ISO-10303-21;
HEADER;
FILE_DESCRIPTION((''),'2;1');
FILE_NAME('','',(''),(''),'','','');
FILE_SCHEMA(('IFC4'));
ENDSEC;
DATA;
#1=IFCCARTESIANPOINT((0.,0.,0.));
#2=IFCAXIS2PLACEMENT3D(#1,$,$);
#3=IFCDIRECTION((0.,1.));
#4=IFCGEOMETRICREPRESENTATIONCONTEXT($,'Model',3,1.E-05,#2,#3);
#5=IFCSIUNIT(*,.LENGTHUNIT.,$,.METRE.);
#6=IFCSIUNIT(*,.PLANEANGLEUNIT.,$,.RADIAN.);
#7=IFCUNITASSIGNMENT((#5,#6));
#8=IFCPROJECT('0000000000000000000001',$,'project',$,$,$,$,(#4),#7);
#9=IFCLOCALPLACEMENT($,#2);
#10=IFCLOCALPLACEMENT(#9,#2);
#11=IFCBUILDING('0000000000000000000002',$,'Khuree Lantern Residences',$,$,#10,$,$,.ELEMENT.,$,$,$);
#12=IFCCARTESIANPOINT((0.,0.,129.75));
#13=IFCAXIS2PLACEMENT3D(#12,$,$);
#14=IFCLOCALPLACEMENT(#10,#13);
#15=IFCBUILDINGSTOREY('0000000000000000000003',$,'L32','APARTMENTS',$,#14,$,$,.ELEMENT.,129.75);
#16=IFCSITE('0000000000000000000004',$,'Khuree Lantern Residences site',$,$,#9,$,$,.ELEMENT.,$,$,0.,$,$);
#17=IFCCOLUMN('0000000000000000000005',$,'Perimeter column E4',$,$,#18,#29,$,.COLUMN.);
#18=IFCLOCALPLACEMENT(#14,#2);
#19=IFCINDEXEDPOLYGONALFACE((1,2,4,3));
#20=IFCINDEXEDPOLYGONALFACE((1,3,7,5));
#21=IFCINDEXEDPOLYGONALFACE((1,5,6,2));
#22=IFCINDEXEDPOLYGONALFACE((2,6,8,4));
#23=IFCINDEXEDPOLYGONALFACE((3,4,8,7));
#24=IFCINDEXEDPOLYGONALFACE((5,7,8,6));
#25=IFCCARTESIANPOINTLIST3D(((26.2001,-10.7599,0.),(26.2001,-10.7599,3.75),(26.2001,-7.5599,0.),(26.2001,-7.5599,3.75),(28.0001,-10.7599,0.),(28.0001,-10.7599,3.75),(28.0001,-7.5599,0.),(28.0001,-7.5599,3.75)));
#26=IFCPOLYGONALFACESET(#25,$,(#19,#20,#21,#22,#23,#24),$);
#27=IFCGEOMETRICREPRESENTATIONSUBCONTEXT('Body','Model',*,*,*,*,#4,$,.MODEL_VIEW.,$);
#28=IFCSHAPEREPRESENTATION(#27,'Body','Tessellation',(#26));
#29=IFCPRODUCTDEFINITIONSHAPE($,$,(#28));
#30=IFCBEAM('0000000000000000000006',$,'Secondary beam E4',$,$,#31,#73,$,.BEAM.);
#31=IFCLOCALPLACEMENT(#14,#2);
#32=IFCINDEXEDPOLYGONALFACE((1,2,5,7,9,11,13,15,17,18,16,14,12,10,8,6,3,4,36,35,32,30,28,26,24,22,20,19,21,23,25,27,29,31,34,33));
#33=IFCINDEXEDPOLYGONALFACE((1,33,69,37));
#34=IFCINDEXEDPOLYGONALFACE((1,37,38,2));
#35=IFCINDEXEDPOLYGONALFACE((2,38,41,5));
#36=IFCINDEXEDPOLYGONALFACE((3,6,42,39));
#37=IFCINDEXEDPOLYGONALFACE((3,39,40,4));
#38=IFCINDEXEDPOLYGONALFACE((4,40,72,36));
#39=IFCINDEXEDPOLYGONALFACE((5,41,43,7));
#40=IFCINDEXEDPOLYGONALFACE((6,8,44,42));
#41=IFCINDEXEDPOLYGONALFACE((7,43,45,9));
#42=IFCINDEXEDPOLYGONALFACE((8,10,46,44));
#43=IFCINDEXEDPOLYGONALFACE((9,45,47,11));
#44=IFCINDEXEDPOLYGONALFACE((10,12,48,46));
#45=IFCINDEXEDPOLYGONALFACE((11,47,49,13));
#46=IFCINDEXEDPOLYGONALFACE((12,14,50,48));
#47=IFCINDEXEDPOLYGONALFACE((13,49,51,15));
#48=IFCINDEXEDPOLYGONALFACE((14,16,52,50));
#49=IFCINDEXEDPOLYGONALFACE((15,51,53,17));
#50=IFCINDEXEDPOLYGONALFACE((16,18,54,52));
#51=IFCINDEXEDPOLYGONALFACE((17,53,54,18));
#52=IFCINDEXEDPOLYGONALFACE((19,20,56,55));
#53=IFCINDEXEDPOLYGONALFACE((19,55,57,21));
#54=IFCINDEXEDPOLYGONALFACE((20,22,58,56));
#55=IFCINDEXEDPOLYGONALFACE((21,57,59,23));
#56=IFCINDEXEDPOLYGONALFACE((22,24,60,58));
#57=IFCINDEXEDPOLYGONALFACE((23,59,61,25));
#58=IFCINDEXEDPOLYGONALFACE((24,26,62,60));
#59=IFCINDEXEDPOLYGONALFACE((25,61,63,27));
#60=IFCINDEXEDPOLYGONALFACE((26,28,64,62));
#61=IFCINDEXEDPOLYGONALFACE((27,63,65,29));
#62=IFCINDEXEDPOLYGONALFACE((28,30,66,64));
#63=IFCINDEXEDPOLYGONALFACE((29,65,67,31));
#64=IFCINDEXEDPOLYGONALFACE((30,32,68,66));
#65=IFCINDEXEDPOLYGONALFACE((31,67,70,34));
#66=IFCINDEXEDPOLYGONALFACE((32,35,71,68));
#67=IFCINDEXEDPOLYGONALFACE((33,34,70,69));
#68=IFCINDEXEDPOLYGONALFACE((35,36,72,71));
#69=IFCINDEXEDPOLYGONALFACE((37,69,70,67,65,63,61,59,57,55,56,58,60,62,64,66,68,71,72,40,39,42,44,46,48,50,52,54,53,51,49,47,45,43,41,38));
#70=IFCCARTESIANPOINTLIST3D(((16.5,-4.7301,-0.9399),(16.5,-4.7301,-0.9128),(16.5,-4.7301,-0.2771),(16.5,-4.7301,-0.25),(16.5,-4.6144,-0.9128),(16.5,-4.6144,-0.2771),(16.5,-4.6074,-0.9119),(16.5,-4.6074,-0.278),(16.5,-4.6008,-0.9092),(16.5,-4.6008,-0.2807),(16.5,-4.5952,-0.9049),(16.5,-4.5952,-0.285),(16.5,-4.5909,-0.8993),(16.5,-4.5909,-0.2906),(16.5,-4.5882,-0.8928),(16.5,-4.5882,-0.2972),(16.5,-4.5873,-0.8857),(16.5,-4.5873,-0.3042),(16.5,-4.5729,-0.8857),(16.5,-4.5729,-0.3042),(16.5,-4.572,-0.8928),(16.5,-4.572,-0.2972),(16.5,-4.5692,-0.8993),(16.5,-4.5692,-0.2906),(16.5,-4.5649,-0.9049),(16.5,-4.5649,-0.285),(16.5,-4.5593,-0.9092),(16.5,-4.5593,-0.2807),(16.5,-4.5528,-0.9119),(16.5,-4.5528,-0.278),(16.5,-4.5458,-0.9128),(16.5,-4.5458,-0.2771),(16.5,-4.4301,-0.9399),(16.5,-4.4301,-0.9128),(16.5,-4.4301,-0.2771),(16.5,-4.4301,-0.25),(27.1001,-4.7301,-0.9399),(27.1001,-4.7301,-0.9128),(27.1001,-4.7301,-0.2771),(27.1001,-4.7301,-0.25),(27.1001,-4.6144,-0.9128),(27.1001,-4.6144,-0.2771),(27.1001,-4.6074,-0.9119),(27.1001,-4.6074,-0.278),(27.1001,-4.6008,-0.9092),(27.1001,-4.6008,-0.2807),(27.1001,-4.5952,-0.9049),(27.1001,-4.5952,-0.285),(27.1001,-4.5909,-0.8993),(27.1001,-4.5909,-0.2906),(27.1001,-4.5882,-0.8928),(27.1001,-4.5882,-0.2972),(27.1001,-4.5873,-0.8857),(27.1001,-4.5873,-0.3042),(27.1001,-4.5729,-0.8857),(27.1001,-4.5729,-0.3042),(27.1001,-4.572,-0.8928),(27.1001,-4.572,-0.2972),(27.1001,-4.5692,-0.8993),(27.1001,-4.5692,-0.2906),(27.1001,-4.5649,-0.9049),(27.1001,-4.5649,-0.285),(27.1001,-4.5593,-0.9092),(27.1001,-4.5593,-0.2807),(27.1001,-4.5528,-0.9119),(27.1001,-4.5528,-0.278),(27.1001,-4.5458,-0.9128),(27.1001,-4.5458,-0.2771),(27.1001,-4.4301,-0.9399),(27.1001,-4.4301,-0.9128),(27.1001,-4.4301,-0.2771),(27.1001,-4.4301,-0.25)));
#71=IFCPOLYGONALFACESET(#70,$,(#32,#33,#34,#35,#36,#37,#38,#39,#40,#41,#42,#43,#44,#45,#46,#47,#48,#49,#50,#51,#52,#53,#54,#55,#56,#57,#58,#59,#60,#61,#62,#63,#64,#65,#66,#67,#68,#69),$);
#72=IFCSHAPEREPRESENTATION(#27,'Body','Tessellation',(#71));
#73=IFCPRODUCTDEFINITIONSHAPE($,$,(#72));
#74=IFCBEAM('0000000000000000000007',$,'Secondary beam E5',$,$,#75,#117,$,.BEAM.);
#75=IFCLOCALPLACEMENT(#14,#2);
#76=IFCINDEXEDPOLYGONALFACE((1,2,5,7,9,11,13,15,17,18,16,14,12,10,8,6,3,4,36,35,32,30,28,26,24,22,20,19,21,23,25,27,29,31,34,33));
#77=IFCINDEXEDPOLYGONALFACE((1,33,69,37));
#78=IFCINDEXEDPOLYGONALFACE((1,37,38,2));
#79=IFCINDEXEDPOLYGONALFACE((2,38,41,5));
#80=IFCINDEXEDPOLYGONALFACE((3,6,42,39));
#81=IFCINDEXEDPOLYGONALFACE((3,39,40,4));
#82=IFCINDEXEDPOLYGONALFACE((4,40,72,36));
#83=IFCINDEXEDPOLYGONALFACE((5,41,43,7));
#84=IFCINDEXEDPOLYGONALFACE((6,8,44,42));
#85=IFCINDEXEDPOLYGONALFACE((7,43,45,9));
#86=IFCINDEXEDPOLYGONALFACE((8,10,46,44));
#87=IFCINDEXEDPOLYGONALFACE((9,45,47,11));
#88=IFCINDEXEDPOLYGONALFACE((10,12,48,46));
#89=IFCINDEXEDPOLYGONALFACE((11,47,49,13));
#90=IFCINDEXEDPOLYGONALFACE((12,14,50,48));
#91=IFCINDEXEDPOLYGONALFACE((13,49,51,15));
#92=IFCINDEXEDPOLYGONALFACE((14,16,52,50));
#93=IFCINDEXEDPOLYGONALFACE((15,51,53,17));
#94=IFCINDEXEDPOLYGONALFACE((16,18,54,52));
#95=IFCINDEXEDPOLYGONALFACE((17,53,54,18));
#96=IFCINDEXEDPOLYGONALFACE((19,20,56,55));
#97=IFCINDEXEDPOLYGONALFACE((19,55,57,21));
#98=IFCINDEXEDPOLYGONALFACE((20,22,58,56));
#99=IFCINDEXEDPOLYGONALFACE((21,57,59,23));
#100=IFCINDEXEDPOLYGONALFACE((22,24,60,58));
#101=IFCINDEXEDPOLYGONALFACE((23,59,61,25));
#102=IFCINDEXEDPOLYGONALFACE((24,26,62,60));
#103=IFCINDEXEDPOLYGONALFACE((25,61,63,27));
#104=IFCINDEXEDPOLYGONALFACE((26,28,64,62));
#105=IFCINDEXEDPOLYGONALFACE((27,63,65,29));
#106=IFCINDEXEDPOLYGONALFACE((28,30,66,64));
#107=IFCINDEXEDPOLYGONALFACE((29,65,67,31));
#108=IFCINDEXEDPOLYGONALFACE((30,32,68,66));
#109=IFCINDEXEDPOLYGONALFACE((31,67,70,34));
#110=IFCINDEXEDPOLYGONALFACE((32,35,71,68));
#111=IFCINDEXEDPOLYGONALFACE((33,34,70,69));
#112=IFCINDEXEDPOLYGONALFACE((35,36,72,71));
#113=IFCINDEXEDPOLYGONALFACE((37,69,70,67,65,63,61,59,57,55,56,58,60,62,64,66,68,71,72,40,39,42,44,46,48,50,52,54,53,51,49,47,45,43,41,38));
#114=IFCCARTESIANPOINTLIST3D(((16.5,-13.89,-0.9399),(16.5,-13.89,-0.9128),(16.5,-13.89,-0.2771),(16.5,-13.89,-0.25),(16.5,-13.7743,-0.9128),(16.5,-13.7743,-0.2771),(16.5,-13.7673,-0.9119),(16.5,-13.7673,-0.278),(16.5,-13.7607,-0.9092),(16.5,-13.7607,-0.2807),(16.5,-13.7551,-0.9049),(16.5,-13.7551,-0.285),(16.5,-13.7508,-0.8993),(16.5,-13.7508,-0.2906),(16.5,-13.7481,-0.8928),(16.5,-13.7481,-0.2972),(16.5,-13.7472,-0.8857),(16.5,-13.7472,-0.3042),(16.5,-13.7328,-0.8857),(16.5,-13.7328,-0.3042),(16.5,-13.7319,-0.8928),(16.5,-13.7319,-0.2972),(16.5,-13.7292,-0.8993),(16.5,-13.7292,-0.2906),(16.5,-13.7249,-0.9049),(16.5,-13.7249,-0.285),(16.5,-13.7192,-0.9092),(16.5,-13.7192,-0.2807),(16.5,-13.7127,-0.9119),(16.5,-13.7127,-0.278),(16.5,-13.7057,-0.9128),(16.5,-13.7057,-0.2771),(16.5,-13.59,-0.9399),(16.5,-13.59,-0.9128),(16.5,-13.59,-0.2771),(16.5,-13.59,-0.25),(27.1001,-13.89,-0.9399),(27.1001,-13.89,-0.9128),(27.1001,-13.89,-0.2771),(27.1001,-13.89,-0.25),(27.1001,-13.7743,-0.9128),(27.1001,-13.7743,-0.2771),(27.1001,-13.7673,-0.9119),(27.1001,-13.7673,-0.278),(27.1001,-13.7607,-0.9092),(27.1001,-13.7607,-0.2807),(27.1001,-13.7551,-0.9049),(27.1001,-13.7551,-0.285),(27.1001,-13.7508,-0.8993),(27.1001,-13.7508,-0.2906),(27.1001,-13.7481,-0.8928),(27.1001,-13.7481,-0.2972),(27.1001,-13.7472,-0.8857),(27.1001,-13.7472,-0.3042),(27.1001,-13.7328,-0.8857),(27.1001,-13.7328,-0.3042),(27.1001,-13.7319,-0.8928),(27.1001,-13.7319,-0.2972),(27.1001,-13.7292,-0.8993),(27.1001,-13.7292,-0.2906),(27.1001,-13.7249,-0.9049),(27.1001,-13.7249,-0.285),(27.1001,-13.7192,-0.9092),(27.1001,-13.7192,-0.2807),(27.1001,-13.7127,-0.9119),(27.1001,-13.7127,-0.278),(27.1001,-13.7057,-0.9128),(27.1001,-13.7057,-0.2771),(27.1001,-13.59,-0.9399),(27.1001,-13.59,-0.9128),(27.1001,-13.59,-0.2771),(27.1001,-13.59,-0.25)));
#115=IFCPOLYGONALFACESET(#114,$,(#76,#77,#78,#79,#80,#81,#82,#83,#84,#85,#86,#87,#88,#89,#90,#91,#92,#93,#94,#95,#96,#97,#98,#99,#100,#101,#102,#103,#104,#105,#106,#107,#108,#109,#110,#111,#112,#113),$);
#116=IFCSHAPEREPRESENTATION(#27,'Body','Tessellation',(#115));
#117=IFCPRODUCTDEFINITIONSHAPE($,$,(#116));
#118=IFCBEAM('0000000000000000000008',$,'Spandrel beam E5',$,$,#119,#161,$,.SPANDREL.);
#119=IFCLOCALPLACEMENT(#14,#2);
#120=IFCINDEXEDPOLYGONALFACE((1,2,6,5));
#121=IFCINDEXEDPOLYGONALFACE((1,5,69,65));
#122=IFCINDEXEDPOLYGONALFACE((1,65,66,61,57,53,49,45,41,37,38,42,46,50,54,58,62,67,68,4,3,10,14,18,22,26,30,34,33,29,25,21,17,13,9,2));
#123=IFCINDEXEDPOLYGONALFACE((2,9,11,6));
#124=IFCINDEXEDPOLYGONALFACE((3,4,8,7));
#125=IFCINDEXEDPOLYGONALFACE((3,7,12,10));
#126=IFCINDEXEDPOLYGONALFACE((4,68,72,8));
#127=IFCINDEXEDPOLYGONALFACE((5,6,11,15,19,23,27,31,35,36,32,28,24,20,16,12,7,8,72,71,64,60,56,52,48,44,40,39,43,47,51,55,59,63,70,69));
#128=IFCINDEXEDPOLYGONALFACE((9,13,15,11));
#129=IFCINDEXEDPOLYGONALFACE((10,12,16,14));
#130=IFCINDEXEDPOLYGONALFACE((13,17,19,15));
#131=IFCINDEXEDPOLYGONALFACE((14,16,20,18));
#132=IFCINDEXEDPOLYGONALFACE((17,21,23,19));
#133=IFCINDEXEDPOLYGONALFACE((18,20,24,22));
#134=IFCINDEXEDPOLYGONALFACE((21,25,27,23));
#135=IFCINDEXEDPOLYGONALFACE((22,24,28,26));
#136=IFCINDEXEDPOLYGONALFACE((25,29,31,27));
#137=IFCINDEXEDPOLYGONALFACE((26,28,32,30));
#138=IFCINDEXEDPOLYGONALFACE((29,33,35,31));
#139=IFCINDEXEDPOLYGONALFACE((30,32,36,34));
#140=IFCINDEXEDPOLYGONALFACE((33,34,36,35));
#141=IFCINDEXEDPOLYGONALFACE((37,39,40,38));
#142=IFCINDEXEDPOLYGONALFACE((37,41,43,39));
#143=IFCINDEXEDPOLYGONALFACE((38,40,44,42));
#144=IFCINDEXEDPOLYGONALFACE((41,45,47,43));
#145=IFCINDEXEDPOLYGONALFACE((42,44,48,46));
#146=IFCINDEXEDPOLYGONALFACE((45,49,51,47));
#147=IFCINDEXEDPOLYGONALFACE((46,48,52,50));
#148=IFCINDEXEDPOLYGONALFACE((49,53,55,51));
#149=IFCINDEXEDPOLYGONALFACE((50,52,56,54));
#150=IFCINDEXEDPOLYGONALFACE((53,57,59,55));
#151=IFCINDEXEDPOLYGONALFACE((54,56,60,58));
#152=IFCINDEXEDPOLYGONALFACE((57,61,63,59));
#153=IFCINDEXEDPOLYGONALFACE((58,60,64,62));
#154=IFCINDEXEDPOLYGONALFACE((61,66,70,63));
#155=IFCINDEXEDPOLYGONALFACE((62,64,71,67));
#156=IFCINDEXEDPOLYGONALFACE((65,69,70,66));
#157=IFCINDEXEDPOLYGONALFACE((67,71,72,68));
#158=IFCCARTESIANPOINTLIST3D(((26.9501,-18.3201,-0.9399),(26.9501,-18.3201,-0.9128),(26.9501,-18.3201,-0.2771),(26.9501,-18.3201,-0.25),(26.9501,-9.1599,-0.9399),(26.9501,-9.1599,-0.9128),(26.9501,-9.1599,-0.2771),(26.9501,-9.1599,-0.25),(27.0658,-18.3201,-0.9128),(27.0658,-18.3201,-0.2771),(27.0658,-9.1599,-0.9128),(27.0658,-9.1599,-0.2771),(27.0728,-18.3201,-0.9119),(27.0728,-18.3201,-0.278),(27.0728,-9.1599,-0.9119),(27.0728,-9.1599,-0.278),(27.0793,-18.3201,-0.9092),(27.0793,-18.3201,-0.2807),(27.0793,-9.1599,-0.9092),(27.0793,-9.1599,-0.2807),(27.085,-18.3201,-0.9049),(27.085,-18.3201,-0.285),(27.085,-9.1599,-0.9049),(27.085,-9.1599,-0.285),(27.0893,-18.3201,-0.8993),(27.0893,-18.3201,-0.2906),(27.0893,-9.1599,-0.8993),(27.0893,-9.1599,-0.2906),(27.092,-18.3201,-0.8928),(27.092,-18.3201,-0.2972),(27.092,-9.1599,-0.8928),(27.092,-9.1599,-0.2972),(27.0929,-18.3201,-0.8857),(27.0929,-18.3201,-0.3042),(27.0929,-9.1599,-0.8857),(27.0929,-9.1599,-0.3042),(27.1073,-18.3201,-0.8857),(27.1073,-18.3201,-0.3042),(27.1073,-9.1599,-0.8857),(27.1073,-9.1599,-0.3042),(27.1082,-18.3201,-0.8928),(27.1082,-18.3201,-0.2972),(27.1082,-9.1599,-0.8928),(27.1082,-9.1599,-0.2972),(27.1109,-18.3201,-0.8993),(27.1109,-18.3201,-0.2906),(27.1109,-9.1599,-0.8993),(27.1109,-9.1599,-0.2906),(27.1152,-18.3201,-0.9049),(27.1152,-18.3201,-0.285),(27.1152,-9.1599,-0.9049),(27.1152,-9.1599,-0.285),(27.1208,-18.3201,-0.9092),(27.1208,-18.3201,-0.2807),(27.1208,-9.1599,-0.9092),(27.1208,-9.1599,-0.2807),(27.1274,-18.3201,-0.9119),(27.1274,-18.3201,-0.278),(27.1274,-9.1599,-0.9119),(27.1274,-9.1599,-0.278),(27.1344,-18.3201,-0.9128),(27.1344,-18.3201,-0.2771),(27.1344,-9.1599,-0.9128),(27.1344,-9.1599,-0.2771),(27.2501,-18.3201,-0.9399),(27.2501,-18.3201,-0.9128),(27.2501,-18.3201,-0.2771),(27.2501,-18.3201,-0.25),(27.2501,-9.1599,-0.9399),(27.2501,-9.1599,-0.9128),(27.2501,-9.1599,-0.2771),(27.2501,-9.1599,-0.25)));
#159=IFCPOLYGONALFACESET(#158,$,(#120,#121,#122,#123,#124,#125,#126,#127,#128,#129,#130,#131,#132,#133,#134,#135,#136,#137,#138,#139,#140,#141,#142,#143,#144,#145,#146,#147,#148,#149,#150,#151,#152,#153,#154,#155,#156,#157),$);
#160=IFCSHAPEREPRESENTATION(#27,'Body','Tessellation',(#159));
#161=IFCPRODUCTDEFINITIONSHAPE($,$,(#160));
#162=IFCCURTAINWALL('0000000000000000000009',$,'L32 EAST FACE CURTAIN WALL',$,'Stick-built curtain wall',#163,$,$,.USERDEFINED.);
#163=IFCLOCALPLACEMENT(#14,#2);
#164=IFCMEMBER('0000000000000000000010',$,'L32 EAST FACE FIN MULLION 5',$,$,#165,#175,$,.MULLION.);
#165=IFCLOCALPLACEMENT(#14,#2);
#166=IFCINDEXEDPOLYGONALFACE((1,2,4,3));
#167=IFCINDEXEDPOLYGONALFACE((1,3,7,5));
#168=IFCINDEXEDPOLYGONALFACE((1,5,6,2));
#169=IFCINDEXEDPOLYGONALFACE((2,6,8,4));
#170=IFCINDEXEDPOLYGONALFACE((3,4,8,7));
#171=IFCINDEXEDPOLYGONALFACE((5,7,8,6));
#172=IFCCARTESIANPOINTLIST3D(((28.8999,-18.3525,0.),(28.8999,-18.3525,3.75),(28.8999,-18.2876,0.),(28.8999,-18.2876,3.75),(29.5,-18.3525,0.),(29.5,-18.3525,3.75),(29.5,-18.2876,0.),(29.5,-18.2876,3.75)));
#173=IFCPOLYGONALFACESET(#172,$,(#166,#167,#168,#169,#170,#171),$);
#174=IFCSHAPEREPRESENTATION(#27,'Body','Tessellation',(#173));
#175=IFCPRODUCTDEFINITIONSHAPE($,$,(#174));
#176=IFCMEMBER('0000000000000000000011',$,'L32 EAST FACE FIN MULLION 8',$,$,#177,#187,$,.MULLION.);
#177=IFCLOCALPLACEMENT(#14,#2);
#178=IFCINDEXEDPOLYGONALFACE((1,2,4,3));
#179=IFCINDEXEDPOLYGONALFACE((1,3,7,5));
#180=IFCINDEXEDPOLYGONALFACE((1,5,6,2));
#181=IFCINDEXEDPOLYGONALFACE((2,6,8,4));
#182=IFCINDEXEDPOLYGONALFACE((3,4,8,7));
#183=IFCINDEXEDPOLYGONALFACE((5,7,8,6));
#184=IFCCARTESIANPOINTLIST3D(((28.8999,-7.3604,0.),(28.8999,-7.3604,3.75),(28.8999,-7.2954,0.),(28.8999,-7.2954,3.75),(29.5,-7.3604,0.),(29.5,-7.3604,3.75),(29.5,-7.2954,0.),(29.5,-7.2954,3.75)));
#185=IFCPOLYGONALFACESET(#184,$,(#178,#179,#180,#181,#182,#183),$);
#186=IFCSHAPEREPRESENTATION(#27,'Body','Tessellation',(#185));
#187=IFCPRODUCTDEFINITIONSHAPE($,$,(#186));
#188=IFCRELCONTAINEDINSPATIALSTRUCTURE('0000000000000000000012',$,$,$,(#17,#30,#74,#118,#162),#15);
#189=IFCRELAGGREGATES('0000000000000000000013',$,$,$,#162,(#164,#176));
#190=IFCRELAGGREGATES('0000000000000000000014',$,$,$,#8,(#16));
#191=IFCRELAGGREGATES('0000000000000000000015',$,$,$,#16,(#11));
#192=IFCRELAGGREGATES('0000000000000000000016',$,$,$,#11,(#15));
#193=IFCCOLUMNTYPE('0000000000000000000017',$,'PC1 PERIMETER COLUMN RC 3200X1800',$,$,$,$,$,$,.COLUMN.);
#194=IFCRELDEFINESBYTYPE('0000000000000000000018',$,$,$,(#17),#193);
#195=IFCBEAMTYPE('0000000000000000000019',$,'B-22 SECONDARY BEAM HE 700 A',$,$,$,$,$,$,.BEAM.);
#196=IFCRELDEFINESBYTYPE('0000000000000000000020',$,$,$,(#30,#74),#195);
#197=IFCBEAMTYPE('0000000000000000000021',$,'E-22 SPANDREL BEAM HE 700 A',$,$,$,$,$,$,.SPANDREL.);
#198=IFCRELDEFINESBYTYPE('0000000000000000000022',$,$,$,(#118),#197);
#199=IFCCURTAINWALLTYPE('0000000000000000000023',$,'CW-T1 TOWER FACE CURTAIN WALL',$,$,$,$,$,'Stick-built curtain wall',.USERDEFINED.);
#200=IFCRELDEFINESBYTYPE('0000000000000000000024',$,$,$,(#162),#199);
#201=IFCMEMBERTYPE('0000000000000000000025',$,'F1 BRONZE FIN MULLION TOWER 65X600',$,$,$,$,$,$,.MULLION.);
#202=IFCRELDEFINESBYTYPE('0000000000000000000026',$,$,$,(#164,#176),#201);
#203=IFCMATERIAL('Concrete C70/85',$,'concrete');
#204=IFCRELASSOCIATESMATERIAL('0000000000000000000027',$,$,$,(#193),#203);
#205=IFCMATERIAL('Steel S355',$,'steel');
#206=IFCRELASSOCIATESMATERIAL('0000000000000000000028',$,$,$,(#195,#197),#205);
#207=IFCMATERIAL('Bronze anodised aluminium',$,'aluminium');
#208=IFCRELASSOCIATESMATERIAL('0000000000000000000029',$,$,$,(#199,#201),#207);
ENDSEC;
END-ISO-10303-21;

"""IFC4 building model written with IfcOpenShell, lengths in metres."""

from ifc_helpers import new_model, si_unit, direction, frame, origin, origin_2d, place, context, subcontext, project, spatial, rectangle, i_section, extrude, material, material_profile, profile_set, type_object, element, aggregate, save


model = new_model("IFC4")

# Units and contexts
model_context = context("Model", 3, precision=1e-05, world=origin(), true_north=direction((0.0, 1.0)))
body_context = subcontext(model_context, "Body", "Model", "MODEL_VIEW")
ifc_project = project(units=[si_unit("LENGTHUNIT", "METRE"), si_unit("PLANEANGLEUNIT", "RADIAN")], contexts=[model_context])

# Site, building, storey
site_placement = place(None, origin())
site = spatial("IfcSite", under=ifc_project, at=site_placement, Name="Khuree Lantern Residences site", CompositionType="ELEMENT", RefElevation=0.0)
building_placement = place(site_placement, origin())
building = spatial("IfcBuilding", under=site, at=building_placement, Name="Khuree Lantern Residences", CompositionType="ELEMENT")
storey_placement = place(building_placement, frame((0.0, 0.0, 129.75)))
storey = spatial("IfcBuildingStorey", under=building, at=storey_placement, Name="L32", Description="APARTMENTS", CompositionType="ELEMENT", Elevation=129.75)

# Column
ifc_material_1 = material(Name="Concrete C70/85", Category="concrete")
ifc_material_profile_1 = material_profile(ifc_material_1, rectangle(XDim=3.2, YDim=1.8, at=origin_2d()), Name="RC 3200X1800")
ifc_profile_set_1 = profile_set([ifc_material_profile_1], Name="Concrete C70/85")
column_type = type_object("IfcColumnType", Name="PC1 PERIMETER COLUMN RC 3200X1800", PredefinedType="COLUMN", material=ifc_profile_set_1)
column_placement = place(storey_placement, frame((27.1001, -9.1599, 0.0), z_axis=(0.0, 0.0, 1.0), x_axis=(0.0, 1.0, 0.0)))
element("IfcColumn", 1, at=column_placement, inside=storey, type_object=column_type, Name="Perimeter column E4", PredefinedType="COLUMN", context=body_context, shape_type="SweptSolid", body=[
    extrude(rectangle(XDim=3.2, YDim=1.8, at=origin_2d()), origin(), (0.0, 0.0, 1.0), 3.75),
])

# Beams
ifc_material_2 = material(Name="Steel S355", Category="steel")
ifc_material_profile_2 = material_profile(ifc_material_2, i_section(OverallWidth=0.3, OverallDepth=0.6899, WebThickness=0.0144, FlangeThickness=0.0271, FilletRadius=0.0271, at=origin_2d()), Name="HE 700 A")
ifc_profile_set_2 = profile_set([ifc_material_profile_2], Name="Steel S355")
beam_type_1 = type_object("IfcBeamType", Name="B-22 SECONDARY BEAM HE 700 A", PredefinedType="BEAM", material=ifc_profile_set_2)
for number, where, z_axis, x_axis, name in (
    (2, (27.1001, -4.5801, -0.595), (-1.0, 0.0, 0.0), (0.0, -1.0, 0.0), "Secondary beam E4"),
    (3, (27.1001, -13.74, -0.595), (-1.0, 0.0, 0.0), (0.0, -1.0, 0.0), "Secondary beam E5"),
):
    element("IfcBeam", number, at=place(storey_placement, frame(where, z_axis=z_axis, x_axis=x_axis)), inside=storey, type_object=beam_type_1, Name=name, PredefinedType="BEAM", context=body_context, shape_type="SweptSolid", body=[
        extrude(i_section(OverallWidth=0.3, OverallDepth=0.6899, WebThickness=0.0144, FlangeThickness=0.0271, FilletRadius=0.0271, at=origin_2d()), origin(), (0.0, 0.0, 1.0), 10.6001),
    ])
ifc_material_profile_3 = material_profile(ifc_material_2, i_section(OverallWidth=0.3, OverallDepth=0.6899, WebThickness=0.0144, FlangeThickness=0.0271, FilletRadius=0.0271, at=origin_2d()), Name="HE 700 A")
ifc_profile_set_3 = profile_set([ifc_material_profile_3], Name="Steel S355")
beam_type_2 = type_object("IfcBeamType", Name="E-22 SPANDREL BEAM HE 700 A", PredefinedType="SPANDREL", material=ifc_profile_set_3)
beam_1_placement = place(storey_placement, frame((27.1001, -9.1599, -0.595), z_axis=(0.0, -1.0, 0.0), x_axis=(1.0, 0.0, 0.0)))
element("IfcBeam", 4, at=beam_1_placement, inside=storey, type_object=beam_type_2, Name="Spandrel beam E5", PredefinedType="SPANDREL", context=body_context, shape_type="SweptSolid", body=[
    extrude(i_section(OverallWidth=0.3, OverallDepth=0.6899, WebThickness=0.0144, FlangeThickness=0.0271, FilletRadius=0.0271, at=origin_2d()), origin(), (0.0, 0.0, 1.0), 9.1602),
])

# Curtain wall, members
ifc_material_3 = material(Name="Bronze anodised aluminium", Category="aluminium")
curtain_wall_type = type_object("IfcCurtainWallType", Name="CW-T1 TOWER FACE CURTAIN WALL", ElementType="Stick-built curtain wall", PredefinedType="USERDEFINED", material=ifc_material_3)
curtain_wall_placement = place(storey_placement, origin())
curtain_wall = element("IfcCurtainWall", 5, at=curtain_wall_placement, inside=storey, type_object=curtain_wall_type, Name="L32 EAST FACE CURTAIN WALL", ObjectType="Stick-built curtain wall", PredefinedType="USERDEFINED")
ifc_material_profile_4 = material_profile(ifc_material_3, rectangle(XDim=0.0649, YDim=0.6001, at=origin_2d()), Name="F1 65X600")
ifc_profile_set_4 = profile_set([ifc_material_profile_4], Name="Bronze anodised aluminium")
member_type_1 = type_object("IfcMemberType", Name="F1 BRONZE FIN MULLION TOWER 65X600", PredefinedType="MULLION", material=ifc_profile_set_4)
member_1_placement = place(storey_placement, frame((29.2, -18.3201, 0.0), z_axis=(0.0, 0.0, 1.0), x_axis=(0.0, 1.0, 0.0)))
member_1 = element("IfcMember", 6, at=member_1_placement, type_object=member_type_1, Name="L32 EAST FACE FIN MULLION 5", PredefinedType="MULLION", context=body_context, shape_type="SweptSolid", body=[
    extrude(rectangle(XDim=0.0649, YDim=0.6001, at=origin_2d()), origin(), (0.0, 0.0, 1.0), 3.75),
])
member_2_placement = place(storey_placement, frame((29.2, -7.3279, 0.0), z_axis=(0.0, 0.0, 1.0), x_axis=(0.0, 1.0, 0.0)))
member_2 = element("IfcMember", 7, at=member_2_placement, type_object=member_type_1, Name="L32 EAST FACE FIN MULLION 8", PredefinedType="MULLION", context=body_context, shape_type="SweptSolid", body=[
    extrude(rectangle(XDim=0.0649, YDim=0.6001, at=origin_2d()), origin(), (0.0, 0.0, 1.0), 3.75),
])

aggregate(curtain_wall, [member_1, member_2])

save(model, "model.ifc")
